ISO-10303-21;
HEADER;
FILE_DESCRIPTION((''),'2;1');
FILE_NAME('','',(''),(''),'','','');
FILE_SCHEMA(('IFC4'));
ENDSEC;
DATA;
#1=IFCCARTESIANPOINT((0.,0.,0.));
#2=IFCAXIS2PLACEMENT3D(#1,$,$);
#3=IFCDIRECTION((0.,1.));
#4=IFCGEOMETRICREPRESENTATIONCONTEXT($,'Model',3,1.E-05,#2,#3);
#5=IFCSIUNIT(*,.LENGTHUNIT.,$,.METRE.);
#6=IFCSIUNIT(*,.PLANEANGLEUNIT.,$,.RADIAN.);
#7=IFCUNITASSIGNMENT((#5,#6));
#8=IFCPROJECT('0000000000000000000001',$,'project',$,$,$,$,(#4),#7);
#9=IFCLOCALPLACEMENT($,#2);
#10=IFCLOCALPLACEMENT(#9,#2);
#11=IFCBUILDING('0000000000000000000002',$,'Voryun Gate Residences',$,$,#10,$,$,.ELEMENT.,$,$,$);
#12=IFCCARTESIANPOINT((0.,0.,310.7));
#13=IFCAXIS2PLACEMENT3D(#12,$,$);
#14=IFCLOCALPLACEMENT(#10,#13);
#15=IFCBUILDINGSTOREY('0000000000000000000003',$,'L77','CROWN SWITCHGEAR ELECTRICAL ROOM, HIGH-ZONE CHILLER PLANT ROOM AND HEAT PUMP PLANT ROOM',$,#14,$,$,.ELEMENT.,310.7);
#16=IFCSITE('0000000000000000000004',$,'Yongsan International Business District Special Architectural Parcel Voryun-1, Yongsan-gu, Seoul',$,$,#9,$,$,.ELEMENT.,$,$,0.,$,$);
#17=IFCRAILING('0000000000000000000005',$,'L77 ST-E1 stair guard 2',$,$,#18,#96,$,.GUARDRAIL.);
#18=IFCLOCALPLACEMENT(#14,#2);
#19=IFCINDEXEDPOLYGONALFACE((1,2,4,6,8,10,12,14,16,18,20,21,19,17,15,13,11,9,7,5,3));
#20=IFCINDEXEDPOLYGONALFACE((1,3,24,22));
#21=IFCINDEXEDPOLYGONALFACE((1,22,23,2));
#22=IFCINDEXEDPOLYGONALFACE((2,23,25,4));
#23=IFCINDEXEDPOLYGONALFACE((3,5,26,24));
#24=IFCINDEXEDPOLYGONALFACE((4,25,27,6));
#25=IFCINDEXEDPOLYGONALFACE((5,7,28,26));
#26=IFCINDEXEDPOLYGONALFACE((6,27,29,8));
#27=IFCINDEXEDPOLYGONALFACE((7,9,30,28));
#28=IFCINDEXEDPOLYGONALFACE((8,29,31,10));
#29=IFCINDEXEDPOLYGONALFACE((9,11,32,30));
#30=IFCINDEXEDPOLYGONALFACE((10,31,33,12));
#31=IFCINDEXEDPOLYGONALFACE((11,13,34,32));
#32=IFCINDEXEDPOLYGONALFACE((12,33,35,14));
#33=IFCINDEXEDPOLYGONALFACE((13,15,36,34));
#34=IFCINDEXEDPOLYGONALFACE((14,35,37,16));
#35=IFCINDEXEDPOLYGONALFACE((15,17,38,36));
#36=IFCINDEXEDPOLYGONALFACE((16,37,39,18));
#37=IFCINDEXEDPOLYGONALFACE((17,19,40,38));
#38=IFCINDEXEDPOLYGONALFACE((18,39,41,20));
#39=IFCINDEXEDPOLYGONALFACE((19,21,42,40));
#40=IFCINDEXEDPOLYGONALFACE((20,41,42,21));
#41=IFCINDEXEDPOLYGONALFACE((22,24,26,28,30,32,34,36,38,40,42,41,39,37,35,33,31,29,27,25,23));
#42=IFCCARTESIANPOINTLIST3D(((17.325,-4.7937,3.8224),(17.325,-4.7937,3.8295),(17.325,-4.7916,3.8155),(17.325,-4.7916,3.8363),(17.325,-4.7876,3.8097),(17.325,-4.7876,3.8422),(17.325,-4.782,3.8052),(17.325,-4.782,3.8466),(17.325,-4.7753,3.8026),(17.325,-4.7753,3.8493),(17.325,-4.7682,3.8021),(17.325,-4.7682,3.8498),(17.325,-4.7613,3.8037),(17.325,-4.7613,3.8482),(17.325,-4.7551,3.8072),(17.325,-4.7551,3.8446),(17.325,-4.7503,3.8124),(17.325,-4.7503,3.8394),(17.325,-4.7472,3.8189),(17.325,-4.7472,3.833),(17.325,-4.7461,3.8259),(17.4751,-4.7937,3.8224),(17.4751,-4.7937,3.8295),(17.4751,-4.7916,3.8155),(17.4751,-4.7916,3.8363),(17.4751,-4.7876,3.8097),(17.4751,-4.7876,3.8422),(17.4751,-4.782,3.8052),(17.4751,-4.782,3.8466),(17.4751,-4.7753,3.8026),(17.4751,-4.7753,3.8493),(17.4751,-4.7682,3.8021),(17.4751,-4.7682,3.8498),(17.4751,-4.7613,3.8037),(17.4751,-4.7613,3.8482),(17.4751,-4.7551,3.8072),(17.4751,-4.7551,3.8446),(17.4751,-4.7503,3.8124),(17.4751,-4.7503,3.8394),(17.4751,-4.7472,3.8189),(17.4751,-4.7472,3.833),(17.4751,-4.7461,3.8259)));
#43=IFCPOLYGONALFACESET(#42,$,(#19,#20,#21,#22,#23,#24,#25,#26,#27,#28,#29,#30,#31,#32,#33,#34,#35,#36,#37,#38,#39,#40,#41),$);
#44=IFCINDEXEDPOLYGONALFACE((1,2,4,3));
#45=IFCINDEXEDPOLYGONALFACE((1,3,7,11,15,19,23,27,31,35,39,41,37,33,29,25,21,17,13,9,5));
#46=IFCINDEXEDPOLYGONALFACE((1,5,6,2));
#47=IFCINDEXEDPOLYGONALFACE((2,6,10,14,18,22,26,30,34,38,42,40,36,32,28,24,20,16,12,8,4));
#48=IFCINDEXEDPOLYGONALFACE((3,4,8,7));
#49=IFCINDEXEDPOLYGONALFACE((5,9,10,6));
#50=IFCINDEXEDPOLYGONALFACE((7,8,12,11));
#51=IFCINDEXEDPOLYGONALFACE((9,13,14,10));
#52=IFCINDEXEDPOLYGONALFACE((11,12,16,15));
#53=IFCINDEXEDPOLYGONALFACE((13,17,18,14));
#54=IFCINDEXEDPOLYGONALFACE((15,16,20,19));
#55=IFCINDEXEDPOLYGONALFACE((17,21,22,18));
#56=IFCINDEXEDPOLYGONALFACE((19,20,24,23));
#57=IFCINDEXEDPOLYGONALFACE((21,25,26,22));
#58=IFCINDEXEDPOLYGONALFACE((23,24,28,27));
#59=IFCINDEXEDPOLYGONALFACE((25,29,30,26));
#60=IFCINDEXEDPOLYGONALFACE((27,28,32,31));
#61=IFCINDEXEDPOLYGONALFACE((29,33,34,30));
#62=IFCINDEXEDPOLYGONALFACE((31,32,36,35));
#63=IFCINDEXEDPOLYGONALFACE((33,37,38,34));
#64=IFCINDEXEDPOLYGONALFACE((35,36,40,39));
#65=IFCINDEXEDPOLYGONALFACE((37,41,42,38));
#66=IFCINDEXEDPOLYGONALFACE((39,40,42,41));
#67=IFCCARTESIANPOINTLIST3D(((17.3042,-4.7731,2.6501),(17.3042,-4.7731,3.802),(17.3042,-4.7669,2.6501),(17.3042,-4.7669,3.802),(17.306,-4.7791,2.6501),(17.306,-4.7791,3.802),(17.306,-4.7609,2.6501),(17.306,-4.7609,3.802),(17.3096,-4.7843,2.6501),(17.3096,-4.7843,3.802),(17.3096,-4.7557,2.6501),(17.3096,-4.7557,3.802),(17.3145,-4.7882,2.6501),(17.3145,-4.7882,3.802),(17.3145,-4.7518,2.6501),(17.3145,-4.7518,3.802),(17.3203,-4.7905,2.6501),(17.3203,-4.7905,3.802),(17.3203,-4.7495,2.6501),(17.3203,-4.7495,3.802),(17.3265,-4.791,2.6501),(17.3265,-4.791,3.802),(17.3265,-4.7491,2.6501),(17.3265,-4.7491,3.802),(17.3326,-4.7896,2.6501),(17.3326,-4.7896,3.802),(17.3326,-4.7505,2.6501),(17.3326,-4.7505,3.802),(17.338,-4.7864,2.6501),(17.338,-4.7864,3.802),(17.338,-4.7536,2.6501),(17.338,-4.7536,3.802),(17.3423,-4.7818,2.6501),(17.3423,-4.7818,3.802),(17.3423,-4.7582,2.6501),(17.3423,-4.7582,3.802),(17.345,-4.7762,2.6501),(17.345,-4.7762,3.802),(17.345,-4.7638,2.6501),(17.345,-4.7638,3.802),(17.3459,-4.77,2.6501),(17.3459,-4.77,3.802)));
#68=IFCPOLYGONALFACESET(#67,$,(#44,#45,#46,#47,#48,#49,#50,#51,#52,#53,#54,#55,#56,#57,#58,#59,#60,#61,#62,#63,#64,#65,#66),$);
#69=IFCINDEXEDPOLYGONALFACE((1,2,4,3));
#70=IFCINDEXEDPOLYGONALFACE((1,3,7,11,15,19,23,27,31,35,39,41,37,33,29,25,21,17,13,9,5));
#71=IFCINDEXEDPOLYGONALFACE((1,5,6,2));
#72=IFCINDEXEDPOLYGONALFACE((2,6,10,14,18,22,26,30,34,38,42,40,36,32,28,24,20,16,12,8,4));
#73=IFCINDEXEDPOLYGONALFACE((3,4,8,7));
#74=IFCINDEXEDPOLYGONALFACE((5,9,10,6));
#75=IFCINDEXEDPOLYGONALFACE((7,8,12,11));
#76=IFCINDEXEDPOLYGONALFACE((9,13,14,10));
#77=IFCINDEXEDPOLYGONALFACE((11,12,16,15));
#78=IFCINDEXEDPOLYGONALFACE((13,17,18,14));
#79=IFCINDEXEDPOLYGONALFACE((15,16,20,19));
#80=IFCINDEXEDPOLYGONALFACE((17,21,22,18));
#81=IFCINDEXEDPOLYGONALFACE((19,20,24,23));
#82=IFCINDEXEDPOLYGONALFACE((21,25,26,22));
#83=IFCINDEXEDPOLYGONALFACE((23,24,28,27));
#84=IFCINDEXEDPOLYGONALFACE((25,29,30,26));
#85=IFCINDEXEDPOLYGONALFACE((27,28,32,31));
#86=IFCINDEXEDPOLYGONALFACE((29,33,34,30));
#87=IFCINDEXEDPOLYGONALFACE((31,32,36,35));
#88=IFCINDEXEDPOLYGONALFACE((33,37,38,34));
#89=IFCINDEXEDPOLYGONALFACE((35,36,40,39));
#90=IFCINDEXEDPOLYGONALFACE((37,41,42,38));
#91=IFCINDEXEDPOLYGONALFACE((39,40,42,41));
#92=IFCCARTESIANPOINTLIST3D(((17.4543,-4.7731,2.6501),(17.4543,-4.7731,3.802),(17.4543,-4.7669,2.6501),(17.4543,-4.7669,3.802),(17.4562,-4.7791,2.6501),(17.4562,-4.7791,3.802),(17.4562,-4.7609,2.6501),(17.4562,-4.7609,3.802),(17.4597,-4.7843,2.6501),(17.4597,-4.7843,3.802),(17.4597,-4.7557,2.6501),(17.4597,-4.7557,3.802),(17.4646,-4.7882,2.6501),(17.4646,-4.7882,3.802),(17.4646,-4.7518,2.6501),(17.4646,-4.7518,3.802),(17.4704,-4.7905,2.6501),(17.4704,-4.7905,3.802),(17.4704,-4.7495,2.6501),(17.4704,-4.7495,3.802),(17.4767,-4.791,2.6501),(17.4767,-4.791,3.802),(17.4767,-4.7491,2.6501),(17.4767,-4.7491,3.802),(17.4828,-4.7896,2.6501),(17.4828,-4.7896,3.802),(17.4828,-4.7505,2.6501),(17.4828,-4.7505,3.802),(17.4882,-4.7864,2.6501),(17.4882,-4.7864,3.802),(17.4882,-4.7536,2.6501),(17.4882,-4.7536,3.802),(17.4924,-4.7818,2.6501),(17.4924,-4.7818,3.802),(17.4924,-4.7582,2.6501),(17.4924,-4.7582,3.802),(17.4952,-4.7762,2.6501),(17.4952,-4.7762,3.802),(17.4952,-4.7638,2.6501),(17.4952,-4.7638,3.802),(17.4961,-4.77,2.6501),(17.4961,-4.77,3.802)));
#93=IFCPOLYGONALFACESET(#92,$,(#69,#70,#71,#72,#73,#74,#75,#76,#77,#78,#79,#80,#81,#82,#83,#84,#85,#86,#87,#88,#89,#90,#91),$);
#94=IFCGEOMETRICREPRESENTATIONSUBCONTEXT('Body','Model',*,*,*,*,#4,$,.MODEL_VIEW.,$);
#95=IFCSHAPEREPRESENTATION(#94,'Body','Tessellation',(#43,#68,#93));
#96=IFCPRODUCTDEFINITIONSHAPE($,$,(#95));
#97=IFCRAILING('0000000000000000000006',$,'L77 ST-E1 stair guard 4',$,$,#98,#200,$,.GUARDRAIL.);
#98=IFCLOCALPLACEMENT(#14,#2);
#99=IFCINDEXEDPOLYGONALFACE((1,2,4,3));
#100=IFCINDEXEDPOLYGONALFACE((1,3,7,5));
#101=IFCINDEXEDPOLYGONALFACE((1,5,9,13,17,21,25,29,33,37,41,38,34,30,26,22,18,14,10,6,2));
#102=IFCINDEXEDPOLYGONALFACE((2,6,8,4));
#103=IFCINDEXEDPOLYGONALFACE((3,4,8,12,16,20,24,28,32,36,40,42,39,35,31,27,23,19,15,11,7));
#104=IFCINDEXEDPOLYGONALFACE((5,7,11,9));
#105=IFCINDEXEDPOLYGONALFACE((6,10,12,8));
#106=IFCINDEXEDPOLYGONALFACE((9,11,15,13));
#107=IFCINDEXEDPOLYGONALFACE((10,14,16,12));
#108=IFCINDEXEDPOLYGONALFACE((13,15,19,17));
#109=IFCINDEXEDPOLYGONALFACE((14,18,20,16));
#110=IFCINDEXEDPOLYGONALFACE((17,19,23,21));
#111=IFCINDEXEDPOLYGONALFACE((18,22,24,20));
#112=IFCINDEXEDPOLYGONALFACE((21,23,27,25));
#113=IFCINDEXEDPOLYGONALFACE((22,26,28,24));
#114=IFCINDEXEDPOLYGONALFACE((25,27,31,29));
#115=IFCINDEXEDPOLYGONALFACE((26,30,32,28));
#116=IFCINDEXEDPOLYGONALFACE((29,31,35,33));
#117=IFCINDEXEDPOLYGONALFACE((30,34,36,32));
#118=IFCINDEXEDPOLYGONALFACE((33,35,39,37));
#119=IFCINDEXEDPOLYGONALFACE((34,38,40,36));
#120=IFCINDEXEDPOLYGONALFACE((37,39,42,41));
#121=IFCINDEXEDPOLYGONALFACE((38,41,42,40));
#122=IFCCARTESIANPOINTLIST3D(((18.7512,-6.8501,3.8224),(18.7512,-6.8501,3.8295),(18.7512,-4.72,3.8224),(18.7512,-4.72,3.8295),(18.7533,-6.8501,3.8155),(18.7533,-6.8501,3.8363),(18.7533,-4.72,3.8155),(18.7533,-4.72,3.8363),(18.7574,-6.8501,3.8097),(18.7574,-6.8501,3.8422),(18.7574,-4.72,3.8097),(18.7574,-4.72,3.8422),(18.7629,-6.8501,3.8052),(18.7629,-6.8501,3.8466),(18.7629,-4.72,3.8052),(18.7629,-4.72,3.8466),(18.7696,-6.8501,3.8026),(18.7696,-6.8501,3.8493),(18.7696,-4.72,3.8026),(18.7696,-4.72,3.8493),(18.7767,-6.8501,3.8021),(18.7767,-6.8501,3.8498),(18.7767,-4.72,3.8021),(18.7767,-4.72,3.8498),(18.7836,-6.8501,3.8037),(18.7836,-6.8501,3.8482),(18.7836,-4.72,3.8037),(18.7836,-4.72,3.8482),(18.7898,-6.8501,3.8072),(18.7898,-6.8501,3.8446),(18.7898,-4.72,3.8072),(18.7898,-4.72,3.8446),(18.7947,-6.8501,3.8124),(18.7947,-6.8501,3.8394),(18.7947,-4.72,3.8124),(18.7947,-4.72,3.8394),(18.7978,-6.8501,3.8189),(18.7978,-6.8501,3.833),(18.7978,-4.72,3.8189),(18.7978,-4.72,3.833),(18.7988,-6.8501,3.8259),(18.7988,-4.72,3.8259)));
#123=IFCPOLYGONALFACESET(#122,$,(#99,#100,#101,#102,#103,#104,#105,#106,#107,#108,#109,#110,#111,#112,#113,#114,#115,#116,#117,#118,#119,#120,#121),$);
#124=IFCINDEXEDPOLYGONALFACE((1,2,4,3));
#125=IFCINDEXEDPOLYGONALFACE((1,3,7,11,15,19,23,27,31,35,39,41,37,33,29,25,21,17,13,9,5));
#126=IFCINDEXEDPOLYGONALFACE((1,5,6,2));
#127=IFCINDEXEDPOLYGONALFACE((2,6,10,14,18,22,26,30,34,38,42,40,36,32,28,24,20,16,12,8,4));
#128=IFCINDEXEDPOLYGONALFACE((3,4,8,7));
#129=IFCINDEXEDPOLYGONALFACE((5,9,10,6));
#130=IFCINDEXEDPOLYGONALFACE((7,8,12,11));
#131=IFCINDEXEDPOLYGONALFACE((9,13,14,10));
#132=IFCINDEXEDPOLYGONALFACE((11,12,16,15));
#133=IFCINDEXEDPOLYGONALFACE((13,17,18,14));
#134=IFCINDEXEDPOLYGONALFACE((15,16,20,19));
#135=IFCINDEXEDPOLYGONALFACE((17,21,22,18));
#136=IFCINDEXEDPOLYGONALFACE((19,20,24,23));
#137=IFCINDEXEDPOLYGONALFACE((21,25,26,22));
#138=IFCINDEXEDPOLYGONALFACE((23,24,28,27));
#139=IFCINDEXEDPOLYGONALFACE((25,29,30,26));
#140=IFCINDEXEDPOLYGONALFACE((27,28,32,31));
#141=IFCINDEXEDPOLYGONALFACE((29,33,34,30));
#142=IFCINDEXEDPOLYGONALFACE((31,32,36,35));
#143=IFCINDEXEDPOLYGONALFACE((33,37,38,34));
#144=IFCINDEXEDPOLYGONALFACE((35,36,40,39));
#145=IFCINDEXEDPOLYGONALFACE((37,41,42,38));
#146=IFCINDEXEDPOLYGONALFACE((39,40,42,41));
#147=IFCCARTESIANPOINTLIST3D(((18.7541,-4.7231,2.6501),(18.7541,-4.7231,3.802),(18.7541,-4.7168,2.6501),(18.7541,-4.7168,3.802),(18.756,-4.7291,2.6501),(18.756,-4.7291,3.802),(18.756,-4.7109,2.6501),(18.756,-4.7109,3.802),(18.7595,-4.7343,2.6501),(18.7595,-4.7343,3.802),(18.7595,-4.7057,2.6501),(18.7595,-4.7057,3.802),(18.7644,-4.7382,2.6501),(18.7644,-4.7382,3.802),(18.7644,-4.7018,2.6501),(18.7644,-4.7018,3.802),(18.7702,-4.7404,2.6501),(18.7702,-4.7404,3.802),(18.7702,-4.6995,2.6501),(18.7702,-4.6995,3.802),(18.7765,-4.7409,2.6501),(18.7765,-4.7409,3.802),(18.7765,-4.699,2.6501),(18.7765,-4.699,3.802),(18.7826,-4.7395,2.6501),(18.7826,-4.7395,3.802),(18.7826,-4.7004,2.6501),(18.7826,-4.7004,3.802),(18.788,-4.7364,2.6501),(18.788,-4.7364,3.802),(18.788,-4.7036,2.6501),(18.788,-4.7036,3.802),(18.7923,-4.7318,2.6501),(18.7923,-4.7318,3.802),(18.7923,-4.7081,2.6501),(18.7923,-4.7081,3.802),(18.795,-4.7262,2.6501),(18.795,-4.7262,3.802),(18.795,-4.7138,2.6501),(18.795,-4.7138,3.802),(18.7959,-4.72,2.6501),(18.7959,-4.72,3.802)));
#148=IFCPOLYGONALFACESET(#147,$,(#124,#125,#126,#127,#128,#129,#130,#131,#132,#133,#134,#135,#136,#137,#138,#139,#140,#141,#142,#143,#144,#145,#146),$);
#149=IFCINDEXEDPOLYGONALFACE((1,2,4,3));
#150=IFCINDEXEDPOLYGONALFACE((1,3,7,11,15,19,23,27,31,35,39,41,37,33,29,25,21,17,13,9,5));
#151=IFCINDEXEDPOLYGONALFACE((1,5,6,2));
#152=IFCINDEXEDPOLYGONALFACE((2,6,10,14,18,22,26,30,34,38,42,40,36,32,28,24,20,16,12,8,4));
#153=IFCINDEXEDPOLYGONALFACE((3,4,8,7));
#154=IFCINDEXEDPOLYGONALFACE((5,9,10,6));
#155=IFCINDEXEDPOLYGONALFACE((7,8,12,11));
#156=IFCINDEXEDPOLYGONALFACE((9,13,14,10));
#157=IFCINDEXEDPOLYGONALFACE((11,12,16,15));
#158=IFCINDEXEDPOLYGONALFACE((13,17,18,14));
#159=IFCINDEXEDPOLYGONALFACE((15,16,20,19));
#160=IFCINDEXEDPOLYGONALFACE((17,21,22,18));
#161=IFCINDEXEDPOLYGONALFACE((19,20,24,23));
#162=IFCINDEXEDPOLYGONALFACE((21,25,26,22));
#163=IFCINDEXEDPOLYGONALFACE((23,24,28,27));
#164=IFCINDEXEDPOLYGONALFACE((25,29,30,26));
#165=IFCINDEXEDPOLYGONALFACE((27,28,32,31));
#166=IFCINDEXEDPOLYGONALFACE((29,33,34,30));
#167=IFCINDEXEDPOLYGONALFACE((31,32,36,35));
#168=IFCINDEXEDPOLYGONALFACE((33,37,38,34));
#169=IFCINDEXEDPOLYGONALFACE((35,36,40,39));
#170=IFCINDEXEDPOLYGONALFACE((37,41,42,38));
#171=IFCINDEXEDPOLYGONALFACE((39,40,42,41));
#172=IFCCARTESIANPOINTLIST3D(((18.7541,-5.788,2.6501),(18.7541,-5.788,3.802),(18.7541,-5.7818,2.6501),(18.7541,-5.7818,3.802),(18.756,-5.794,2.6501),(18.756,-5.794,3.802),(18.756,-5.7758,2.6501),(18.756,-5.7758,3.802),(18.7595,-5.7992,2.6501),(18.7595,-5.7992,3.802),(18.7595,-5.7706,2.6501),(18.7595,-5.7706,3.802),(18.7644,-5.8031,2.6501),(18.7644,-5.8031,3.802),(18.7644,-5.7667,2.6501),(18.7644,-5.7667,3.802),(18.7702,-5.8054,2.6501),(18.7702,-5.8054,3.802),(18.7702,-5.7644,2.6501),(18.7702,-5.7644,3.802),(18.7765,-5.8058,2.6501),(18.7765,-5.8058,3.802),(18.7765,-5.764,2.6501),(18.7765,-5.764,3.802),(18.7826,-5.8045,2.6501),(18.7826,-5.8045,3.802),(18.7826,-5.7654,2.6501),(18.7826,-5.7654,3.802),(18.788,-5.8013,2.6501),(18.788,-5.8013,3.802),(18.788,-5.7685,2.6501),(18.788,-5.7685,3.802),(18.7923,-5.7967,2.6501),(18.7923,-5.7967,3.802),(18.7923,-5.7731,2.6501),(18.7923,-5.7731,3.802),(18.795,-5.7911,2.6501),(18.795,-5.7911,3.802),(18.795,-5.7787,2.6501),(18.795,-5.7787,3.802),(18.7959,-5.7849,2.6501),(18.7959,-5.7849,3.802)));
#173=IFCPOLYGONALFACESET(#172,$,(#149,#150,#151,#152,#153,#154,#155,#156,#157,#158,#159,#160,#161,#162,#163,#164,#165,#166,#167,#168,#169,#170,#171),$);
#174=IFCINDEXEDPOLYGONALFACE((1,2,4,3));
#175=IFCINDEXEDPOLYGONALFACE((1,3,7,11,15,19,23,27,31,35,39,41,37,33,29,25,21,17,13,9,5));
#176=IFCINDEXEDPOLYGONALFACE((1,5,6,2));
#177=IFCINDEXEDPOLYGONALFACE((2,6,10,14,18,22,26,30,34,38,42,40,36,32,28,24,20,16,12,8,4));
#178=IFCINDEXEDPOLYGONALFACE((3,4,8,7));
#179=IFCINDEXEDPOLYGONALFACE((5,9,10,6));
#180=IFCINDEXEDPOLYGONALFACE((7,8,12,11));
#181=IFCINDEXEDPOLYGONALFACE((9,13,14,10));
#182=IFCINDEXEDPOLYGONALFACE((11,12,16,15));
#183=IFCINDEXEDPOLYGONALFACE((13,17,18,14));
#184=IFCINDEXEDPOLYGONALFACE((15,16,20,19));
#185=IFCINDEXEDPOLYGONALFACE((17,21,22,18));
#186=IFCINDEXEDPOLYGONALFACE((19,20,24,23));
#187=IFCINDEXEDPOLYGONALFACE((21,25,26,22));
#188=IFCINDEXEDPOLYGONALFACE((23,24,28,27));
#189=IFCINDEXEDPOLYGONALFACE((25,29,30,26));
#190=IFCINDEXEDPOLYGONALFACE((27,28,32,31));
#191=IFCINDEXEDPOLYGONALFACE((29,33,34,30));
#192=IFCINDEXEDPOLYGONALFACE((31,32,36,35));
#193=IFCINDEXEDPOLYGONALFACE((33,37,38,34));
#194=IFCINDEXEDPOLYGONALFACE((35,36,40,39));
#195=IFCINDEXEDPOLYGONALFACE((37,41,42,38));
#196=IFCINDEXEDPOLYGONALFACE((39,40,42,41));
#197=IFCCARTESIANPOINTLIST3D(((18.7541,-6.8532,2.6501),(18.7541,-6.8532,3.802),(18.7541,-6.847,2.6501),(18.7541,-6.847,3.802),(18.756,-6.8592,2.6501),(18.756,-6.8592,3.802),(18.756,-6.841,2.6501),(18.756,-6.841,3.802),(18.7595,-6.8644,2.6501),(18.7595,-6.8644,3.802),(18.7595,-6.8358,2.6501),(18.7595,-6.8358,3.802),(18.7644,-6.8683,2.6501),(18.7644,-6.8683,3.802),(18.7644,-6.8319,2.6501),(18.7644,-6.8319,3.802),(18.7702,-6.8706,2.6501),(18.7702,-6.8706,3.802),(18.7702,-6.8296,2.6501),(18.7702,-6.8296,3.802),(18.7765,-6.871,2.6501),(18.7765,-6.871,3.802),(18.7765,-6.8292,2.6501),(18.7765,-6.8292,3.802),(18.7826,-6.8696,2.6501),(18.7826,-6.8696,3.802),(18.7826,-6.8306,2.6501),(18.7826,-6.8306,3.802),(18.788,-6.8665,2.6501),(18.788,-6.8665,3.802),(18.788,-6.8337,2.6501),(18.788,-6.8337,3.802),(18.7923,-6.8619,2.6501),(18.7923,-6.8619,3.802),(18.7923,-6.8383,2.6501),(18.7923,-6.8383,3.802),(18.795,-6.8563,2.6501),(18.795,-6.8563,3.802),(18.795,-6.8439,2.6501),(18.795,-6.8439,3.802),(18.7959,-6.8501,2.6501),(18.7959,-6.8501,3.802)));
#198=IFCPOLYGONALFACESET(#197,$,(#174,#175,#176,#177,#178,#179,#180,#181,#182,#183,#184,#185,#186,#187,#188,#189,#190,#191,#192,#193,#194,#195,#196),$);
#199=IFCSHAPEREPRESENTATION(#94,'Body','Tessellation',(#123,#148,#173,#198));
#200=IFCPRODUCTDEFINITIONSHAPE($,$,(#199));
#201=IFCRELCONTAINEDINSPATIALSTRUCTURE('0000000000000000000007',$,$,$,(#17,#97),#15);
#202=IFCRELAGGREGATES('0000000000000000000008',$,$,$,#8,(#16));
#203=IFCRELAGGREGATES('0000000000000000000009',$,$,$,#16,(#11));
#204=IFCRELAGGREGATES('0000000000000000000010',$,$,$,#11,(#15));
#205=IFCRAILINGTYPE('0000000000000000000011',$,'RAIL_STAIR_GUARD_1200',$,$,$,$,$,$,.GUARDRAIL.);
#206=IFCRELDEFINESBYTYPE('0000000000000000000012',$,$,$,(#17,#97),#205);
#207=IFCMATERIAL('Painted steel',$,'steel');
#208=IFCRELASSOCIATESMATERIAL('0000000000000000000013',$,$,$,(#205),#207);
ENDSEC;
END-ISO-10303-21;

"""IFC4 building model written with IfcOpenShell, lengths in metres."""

from ifc_helpers import new_model, si_unit, direction, frame, origin, origin_2d, place, context, subcontext, project, spatial, circle, extrude, material, type_object, element, save


model = new_model("IFC4")

# Units and contexts
model_context = context("Model", 3, precision=1e-05, world=origin(), true_north=direction((0.0, 1.0)))
body_context = subcontext(model_context, "Body", "Model", "MODEL_VIEW")
ifc_project = project(units=[si_unit("LENGTHUNIT", "METRE"), si_unit("PLANEANGLEUNIT", "RADIAN")], contexts=[model_context])

# Site, building, storey
site_placement = place(None, origin())
site = spatial("IfcSite", under=ifc_project, at=site_placement, Name="Yongsan International Business District Special Architectural Parcel Voryun-1, Yongsan-gu, Seoul", CompositionType="ELEMENT", RefElevation=0.0)
building_placement = place(site_placement, origin())
building = spatial("IfcBuilding", under=site, at=building_placement, Name="Voryun Gate Residences", CompositionType="ELEMENT")
storey_placement = place(building_placement, frame((0.0, 0.0, 310.7)))
storey = spatial("IfcBuildingStorey", under=building, at=storey_placement, Name="L77", Description="CROWN SWITCHGEAR ELECTRICAL ROOM, HIGH-ZONE CHILLER PLANT ROOM AND HEAT PUMP PLANT ROOM", CompositionType="ELEMENT", Elevation=310.7)

# Railings
ifc_material_1 = material(Name="Painted steel", Category="steel")
railing_type_1 = type_object("IfcRailingType", Name="RAIL_STAIR_GUARD_1200", PredefinedType="GUARDRAIL", material=ifc_material_1)
railing_1_placement = place(storey_placement, frame((17.325, -4.77, 2.6501)))
element("IfcRailing", 1, at=railing_1_placement, inside=storey, type_object=railing_type_1, Name="L77 ST-E1 stair guard 2", PredefinedType="GUARDRAIL", context=body_context, shape_type="SweptSolid", body=[
    extrude(circle(Radius=0.0239, at=origin_2d()), frame((0.0, 0.0, 1.1758), z_axis=(1.0, 0.0, 0.0), x_axis=(0.0, 1.0, 0.0)), (0.0, 0.0, 1.0), 0.1501),
    extrude(circle(Radius=0.021, at=origin_2d()), origin(), (0.0, 0.0, 1.0), 1.1519),
    extrude(circle(Radius=0.021, at=origin_2d()), frame((0.1501, 0.0, 0.0)), (0.0, 0.0, 1.0), 1.1519),
])
railing_2_placement = place(storey_placement, frame((18.7749, -4.72, 2.6501)))
element("IfcRailing", 2, at=railing_2_placement, inside=storey, type_object=railing_type_1, Name="L77 ST-E1 stair guard 4", PredefinedType="GUARDRAIL", context=body_context, shape_type="SweptSolid", body=[
    extrude(circle(Radius=0.0239, at=origin_2d()), frame((0.0, 0.0, 1.1758), z_axis=(0.0, -1.0, 0.0), x_axis=(1.0, 0.0, 0.0)), (0.0, 0.0, 1.0), 2.1301),
    extrude(circle(Radius=0.021, at=origin_2d()), origin(), (0.0, 0.0, 1.0), 1.1519),
    extrude(circle(Radius=0.021, at=origin_2d()), frame((0.0, -1.0649, 0.0)), (0.0, 0.0, 1.0), 1.1519),
    extrude(circle(Radius=0.021, at=origin_2d()), frame((0.0, -2.1301, 0.0)), (0.0, 0.0, 1.0), 1.1519),
])

save(model, "model.ifc")
